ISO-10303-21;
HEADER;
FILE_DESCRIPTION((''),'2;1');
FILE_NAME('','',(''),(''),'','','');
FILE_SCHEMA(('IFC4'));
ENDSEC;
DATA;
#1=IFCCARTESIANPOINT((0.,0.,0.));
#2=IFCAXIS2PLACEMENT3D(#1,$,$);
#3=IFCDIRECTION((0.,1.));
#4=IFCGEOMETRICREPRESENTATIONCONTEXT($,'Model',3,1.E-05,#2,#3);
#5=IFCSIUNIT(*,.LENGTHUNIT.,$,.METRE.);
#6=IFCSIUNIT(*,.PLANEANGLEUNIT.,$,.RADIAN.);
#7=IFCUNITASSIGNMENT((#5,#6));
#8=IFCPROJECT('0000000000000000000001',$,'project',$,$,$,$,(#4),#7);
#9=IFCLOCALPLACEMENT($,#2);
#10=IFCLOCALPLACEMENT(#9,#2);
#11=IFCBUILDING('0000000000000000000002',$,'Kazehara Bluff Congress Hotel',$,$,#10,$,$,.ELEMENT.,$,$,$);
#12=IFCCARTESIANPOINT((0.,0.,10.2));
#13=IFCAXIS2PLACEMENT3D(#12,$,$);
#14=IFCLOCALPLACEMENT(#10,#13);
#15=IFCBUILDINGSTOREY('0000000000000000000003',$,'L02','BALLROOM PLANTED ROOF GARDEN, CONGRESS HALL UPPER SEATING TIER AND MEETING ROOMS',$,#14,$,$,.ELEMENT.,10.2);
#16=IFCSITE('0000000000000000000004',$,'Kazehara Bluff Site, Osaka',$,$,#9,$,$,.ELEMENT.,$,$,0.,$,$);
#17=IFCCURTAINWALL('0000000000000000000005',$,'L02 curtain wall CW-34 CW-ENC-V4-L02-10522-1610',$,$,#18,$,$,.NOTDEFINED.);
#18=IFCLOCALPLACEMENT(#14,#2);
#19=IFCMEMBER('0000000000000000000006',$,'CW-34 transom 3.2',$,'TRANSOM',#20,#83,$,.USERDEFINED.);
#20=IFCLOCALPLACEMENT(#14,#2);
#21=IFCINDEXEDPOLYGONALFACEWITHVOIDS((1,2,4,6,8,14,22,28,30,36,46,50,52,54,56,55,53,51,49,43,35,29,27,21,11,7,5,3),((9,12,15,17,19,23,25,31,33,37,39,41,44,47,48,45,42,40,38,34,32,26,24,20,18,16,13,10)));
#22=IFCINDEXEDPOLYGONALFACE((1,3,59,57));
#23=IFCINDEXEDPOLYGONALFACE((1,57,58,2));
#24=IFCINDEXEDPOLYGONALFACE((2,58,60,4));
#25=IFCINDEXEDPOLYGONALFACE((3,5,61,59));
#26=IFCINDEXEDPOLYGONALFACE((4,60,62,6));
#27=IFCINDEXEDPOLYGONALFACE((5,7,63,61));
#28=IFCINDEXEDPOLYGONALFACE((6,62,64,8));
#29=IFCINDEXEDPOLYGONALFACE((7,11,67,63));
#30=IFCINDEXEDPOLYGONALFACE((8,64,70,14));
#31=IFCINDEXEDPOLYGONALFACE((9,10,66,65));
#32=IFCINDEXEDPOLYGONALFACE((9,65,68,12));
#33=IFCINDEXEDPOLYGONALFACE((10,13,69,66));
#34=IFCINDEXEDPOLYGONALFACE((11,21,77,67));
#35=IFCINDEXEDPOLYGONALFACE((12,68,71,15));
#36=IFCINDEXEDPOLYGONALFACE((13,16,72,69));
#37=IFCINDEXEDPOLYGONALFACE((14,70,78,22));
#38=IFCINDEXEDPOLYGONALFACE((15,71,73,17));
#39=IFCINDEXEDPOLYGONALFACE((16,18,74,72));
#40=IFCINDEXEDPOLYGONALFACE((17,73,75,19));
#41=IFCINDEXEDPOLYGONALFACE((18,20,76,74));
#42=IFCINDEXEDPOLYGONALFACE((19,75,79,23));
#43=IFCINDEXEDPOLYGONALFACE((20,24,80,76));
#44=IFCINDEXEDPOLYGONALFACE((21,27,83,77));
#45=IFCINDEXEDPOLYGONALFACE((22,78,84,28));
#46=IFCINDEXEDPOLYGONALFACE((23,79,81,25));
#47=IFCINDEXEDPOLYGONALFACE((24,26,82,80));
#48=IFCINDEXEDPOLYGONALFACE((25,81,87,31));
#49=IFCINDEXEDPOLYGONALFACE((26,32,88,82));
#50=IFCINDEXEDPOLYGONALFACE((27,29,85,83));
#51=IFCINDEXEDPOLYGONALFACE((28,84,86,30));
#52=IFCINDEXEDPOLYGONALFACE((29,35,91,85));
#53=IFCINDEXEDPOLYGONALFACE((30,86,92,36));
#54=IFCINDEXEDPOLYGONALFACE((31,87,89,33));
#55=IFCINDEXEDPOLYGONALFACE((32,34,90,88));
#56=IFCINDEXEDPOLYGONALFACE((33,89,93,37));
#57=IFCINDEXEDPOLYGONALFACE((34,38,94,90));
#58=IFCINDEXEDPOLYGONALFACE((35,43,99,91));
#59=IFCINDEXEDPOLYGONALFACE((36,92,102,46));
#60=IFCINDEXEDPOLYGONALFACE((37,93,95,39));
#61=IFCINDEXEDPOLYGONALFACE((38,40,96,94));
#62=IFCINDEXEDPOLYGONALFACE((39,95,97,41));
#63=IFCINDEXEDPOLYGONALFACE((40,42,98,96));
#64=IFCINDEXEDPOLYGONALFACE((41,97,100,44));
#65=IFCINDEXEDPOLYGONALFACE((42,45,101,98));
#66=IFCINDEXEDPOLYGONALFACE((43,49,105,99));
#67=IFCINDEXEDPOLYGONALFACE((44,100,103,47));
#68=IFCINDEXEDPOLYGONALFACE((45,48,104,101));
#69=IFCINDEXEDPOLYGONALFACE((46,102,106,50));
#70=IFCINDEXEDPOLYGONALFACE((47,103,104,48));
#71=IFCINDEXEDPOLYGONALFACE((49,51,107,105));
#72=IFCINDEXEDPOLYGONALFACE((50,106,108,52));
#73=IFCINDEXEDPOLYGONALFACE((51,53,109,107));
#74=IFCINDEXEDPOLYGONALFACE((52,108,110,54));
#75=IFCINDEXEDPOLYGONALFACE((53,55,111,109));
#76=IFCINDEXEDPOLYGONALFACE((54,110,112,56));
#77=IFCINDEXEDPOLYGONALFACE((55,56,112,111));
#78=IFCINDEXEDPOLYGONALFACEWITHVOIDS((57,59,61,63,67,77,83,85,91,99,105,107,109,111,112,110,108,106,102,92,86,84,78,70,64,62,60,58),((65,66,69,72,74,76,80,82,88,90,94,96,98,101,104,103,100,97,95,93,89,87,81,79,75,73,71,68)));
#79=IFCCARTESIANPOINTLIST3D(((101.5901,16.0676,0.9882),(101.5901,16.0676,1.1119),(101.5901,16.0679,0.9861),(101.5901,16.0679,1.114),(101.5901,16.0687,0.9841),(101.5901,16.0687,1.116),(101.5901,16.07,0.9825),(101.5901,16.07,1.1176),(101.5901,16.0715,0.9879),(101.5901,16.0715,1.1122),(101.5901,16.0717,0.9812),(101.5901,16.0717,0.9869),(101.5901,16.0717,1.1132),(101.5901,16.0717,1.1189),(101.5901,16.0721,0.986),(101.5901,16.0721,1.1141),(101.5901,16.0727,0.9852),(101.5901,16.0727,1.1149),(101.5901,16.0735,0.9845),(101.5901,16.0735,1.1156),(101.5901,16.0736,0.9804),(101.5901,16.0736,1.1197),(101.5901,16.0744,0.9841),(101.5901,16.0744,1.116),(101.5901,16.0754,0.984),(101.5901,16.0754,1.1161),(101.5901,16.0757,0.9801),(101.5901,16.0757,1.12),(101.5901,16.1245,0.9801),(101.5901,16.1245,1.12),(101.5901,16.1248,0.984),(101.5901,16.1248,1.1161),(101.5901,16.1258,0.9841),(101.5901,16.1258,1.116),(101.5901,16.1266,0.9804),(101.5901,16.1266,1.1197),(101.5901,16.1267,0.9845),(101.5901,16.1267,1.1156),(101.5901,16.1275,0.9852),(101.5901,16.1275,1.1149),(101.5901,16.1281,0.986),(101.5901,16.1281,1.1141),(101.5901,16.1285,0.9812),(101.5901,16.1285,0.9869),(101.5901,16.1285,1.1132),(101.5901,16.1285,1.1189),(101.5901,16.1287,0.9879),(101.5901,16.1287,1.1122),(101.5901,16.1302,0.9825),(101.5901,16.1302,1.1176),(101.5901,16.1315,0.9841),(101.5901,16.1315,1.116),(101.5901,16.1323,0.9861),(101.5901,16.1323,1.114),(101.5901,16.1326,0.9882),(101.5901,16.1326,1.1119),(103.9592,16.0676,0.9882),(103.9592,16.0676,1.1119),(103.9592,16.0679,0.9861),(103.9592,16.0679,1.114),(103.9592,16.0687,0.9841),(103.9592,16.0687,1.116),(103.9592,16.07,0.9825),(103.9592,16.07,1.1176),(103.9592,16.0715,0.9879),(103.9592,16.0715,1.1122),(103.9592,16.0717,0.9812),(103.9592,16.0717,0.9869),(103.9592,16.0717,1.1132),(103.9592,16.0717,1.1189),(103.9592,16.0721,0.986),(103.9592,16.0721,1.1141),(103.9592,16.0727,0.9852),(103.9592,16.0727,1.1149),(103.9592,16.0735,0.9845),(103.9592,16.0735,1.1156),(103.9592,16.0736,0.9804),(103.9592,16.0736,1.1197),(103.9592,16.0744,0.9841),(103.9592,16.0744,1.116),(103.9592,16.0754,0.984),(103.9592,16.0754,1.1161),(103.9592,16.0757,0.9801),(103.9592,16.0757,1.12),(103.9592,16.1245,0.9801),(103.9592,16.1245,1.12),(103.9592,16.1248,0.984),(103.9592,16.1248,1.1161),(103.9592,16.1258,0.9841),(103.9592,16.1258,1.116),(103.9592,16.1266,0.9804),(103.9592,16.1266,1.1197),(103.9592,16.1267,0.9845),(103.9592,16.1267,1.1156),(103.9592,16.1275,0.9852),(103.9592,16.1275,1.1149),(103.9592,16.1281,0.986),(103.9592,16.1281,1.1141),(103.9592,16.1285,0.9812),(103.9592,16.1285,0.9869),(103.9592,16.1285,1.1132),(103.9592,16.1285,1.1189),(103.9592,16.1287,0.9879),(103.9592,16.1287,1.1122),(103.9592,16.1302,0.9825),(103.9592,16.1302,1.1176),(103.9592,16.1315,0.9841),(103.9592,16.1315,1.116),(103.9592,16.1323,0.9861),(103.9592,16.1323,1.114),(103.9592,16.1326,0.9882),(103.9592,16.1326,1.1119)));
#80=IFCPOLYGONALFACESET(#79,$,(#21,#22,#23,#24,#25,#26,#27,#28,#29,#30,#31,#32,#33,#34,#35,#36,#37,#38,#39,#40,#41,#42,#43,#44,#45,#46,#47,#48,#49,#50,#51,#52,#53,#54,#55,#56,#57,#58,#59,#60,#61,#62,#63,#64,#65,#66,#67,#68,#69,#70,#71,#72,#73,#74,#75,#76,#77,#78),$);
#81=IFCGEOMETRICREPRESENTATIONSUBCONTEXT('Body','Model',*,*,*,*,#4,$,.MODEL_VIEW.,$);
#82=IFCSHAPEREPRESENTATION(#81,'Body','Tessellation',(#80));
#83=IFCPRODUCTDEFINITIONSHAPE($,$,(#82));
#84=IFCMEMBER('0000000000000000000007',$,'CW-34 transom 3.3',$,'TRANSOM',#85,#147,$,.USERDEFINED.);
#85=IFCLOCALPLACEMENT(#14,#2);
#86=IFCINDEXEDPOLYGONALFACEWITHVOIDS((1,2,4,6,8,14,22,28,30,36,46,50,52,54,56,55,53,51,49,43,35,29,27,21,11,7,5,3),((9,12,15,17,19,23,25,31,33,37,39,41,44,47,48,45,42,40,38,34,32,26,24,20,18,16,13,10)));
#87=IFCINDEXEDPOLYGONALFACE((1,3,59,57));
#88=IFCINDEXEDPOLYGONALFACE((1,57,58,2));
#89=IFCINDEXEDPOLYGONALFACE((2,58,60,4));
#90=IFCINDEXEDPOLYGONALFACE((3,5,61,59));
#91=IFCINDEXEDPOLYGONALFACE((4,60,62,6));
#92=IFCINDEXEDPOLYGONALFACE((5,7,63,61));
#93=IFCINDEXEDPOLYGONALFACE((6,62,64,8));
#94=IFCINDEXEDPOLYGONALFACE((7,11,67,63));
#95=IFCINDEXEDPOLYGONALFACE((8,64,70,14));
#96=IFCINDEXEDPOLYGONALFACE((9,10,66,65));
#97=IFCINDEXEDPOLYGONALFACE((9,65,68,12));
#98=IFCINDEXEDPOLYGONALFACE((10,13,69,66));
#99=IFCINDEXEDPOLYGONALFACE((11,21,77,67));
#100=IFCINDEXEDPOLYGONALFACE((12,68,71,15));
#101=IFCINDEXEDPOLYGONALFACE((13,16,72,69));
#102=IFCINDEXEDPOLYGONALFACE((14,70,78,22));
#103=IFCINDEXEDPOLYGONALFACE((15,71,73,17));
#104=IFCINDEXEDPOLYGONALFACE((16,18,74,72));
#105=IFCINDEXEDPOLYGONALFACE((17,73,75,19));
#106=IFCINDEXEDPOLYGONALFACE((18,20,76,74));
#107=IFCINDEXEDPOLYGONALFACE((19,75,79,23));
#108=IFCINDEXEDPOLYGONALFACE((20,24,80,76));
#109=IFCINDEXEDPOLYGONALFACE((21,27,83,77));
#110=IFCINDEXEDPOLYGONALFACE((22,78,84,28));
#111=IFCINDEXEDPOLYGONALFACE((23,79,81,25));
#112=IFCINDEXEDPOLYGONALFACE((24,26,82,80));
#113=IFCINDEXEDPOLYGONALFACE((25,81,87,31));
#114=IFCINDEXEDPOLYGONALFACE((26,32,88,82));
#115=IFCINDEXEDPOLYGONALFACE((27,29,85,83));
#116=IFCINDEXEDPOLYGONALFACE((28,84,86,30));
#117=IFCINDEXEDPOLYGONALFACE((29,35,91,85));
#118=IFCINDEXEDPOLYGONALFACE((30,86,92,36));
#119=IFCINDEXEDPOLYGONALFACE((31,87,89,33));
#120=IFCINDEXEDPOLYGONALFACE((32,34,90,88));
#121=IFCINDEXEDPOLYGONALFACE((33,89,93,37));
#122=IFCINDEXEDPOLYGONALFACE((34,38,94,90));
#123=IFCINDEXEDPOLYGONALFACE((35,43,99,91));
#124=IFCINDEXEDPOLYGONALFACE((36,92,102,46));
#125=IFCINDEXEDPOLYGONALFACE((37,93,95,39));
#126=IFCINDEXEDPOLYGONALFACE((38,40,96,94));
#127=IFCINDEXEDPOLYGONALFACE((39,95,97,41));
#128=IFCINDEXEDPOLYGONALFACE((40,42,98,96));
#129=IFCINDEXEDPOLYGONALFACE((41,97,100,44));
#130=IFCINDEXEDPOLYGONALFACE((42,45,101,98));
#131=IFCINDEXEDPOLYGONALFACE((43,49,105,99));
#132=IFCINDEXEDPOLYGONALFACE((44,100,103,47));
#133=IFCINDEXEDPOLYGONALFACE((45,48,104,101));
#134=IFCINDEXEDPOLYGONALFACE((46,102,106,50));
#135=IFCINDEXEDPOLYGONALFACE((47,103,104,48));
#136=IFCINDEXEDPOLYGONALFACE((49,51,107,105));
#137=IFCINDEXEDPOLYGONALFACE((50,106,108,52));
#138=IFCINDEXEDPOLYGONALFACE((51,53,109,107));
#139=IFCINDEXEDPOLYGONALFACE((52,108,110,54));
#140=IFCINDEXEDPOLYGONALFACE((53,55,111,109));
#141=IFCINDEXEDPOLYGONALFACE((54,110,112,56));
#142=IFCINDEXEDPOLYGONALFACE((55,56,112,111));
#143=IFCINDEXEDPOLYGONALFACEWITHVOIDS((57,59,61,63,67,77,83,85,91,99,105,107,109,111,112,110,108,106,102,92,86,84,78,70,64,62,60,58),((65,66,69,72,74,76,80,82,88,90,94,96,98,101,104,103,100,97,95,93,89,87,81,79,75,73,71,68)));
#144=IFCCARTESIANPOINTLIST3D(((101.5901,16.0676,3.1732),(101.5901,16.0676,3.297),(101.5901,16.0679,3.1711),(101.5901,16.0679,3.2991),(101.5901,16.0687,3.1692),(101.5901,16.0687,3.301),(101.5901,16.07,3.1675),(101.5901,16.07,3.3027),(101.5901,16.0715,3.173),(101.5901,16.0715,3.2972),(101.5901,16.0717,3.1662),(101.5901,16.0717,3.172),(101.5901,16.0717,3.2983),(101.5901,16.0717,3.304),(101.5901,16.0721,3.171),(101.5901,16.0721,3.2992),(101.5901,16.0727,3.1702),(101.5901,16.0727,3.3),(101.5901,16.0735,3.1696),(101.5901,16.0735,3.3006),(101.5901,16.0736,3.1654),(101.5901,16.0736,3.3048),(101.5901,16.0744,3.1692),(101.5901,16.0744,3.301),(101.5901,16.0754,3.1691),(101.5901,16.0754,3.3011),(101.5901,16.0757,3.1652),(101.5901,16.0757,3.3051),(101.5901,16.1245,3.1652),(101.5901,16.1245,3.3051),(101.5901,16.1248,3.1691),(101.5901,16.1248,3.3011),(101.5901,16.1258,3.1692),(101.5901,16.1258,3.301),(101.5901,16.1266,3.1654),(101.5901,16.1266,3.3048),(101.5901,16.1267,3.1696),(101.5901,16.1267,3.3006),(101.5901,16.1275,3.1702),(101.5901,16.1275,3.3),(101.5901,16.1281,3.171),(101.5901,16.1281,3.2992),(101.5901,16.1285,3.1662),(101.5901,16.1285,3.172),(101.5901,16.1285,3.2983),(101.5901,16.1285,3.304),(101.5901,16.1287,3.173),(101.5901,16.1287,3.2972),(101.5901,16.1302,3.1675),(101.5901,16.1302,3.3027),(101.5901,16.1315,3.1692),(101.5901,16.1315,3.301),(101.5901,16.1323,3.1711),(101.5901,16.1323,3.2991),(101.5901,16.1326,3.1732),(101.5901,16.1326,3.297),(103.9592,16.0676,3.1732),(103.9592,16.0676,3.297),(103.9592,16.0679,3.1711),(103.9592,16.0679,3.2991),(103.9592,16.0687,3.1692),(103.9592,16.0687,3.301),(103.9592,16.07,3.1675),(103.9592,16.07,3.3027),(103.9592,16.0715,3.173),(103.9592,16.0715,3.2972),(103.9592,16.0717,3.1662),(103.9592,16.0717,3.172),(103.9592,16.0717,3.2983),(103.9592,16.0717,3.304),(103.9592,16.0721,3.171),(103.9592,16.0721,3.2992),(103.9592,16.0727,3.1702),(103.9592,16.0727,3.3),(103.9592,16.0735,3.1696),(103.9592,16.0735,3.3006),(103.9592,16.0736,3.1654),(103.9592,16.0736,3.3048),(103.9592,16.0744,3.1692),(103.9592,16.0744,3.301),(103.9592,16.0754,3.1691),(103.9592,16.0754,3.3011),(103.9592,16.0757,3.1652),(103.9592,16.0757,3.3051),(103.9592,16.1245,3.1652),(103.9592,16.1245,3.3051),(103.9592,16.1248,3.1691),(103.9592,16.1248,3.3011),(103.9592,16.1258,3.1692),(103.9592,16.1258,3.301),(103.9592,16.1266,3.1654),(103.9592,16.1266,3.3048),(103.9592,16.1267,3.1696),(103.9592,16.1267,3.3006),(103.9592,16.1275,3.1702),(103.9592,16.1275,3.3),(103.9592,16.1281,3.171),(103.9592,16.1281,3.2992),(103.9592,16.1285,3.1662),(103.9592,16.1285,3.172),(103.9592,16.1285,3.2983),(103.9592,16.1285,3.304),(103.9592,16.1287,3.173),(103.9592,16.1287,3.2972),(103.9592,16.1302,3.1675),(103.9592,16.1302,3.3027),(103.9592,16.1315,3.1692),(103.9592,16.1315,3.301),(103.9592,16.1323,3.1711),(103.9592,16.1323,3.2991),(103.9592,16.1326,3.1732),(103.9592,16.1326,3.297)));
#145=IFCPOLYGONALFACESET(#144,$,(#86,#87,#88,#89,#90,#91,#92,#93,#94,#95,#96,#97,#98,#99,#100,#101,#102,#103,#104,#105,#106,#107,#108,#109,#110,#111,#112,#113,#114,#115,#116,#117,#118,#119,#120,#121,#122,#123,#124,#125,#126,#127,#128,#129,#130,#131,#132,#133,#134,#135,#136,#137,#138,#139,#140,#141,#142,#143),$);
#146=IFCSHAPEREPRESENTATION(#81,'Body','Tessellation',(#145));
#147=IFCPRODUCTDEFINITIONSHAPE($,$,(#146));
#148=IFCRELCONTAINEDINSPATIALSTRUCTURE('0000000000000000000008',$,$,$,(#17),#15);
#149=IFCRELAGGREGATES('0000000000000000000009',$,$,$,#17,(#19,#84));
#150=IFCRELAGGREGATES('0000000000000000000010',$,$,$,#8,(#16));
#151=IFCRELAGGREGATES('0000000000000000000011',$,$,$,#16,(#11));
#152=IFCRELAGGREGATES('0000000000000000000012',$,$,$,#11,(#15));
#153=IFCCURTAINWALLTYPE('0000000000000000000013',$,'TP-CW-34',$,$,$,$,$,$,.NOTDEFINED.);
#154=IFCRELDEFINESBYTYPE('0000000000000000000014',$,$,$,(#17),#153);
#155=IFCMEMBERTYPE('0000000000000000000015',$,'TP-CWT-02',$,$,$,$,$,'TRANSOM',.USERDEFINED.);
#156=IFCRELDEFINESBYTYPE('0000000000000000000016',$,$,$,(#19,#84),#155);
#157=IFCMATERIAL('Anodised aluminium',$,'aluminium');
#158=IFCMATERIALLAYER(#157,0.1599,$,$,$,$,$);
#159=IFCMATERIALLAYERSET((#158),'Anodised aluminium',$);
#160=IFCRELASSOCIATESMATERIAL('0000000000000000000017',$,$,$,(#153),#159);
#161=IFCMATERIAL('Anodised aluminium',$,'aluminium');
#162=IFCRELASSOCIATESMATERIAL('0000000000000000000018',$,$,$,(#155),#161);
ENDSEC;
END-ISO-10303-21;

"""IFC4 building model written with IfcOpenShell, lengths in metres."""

from ifc_helpers import new_model, si_unit, direction, frame, origin, origin_2d, place, context, subcontext, project, spatial, hollow_rectangle, extrude, material, layer, layer_set, material_profile, profile_set, type_object, element, aggregate, save


model = new_model("IFC4")

# Units and contexts
model_context = context("Model", 3, precision=1e-05, world=origin(), true_north=direction((0.0, 1.0)))
body_context = subcontext(model_context, "Body", "Model", "MODEL_VIEW")
ifc_project = project(units=[si_unit("LENGTHUNIT", "METRE"), si_unit("PLANEANGLEUNIT", "RADIAN")], contexts=[model_context])

# Site, building, storey
site_placement = place(None, origin())
site = spatial("IfcSite", under=ifc_project, at=site_placement, Name="Kazehara Bluff Site, Osaka", CompositionType="ELEMENT", RefElevation=0.0)
building_placement = place(site_placement, origin())
building = spatial("IfcBuilding", under=site, at=building_placement, Name="Kazehara Bluff Congress Hotel", CompositionType="ELEMENT")
storey_placement = place(building_placement, frame((0.0, 0.0, 10.2)))
storey = spatial("IfcBuildingStorey", under=building, at=storey_placement, Name="L02", Description="BALLROOM PLANTED ROOF GARDEN, CONGRESS HALL UPPER SEATING TIER AND MEETING ROOMS", CompositionType="ELEMENT", Elevation=10.2)

# Curtain wall, members
ifc_material_1 = material(Name="Anodised aluminium", Category="aluminium")
ifc_layer_1 = layer(ifc_material_1, 0.1599)
ifc_layer_set_1 = layer_set([ifc_layer_1], Name="Anodised aluminium")
curtain_wall_type = type_object("IfcCurtainWallType", Name="TP-CW-34", PredefinedType="NOTDEFINED", material=ifc_layer_set_1)
curtain_wall_placement = place(storey_placement, origin())
curtain_wall = element("IfcCurtainWall", 1, at=curtain_wall_placement, inside=storey, type_object=curtain_wall_type, Name="L02 curtain wall CW-34 CW-ENC-V4-L02-10522-1610", PredefinedType="NOTDEFINED")
ifc_material_2 = material(Name="Anodised aluminium", Category="aluminium")
ifc_material_profile_1 = material_profile(ifc_material_2, hollow_rectangle(XDim=0.0649, YDim=0.1399, WallThickness=0.0039, InnerFilletRadius=0.0039, OuterFilletRadius=0.0081, at=origin_2d()))
ifc_profile_set_1 = profile_set([ifc_material_profile_1], Name="Anodised aluminium")
member_type_1 = type_object("IfcMemberType", Name="TP-CWT-02", ElementType="TRANSOM", PredefinedType="USERDEFINED", material=ifc_profile_set_1)
member_1_placement = place(storey_placement, frame((103.9592, 16.1001, 1.05), z_axis=(-1.0, 0.0, 0.0), x_axis=(0.0, -1.0, 0.0)))
member_1 = element("IfcMember", 2, at=member_1_placement, type_object=member_type_1, Name="CW-34 transom 3.2", ObjectType="TRANSOM", PredefinedType="USERDEFINED", context=body_context, shape_type="SweptSolid", body=[
    extrude(hollow_rectangle(XDim=0.0649, YDim=0.1399, WallThickness=0.0039, InnerFilletRadius=0.0039, OuterFilletRadius=0.0081, at=origin_2d()), origin(), (0.0, 0.0, 1.0), 2.3691),
])
member_2_placement = place(storey_placement, frame((103.9592, 16.1001, 3.2351), z_axis=(-1.0, 0.0, 0.0), x_axis=(0.0, -1.0, 0.0)))
member_2 = element("IfcMember", 3, at=member_2_placement, type_object=member_type_1, Name="CW-34 transom 3.3", ObjectType="TRANSOM", PredefinedType="USERDEFINED", context=body_context, shape_type="SweptSolid", body=[
    extrude(hollow_rectangle(XDim=0.0649, YDim=0.1399, WallThickness=0.0039, InnerFilletRadius=0.0039, OuterFilletRadius=0.0081, at=origin_2d()), origin(), (0.0, 0.0, 1.0), 2.3691),
])

aggregate(curtain_wall, [member_1, member_2])

save(model, "model.ifc")
